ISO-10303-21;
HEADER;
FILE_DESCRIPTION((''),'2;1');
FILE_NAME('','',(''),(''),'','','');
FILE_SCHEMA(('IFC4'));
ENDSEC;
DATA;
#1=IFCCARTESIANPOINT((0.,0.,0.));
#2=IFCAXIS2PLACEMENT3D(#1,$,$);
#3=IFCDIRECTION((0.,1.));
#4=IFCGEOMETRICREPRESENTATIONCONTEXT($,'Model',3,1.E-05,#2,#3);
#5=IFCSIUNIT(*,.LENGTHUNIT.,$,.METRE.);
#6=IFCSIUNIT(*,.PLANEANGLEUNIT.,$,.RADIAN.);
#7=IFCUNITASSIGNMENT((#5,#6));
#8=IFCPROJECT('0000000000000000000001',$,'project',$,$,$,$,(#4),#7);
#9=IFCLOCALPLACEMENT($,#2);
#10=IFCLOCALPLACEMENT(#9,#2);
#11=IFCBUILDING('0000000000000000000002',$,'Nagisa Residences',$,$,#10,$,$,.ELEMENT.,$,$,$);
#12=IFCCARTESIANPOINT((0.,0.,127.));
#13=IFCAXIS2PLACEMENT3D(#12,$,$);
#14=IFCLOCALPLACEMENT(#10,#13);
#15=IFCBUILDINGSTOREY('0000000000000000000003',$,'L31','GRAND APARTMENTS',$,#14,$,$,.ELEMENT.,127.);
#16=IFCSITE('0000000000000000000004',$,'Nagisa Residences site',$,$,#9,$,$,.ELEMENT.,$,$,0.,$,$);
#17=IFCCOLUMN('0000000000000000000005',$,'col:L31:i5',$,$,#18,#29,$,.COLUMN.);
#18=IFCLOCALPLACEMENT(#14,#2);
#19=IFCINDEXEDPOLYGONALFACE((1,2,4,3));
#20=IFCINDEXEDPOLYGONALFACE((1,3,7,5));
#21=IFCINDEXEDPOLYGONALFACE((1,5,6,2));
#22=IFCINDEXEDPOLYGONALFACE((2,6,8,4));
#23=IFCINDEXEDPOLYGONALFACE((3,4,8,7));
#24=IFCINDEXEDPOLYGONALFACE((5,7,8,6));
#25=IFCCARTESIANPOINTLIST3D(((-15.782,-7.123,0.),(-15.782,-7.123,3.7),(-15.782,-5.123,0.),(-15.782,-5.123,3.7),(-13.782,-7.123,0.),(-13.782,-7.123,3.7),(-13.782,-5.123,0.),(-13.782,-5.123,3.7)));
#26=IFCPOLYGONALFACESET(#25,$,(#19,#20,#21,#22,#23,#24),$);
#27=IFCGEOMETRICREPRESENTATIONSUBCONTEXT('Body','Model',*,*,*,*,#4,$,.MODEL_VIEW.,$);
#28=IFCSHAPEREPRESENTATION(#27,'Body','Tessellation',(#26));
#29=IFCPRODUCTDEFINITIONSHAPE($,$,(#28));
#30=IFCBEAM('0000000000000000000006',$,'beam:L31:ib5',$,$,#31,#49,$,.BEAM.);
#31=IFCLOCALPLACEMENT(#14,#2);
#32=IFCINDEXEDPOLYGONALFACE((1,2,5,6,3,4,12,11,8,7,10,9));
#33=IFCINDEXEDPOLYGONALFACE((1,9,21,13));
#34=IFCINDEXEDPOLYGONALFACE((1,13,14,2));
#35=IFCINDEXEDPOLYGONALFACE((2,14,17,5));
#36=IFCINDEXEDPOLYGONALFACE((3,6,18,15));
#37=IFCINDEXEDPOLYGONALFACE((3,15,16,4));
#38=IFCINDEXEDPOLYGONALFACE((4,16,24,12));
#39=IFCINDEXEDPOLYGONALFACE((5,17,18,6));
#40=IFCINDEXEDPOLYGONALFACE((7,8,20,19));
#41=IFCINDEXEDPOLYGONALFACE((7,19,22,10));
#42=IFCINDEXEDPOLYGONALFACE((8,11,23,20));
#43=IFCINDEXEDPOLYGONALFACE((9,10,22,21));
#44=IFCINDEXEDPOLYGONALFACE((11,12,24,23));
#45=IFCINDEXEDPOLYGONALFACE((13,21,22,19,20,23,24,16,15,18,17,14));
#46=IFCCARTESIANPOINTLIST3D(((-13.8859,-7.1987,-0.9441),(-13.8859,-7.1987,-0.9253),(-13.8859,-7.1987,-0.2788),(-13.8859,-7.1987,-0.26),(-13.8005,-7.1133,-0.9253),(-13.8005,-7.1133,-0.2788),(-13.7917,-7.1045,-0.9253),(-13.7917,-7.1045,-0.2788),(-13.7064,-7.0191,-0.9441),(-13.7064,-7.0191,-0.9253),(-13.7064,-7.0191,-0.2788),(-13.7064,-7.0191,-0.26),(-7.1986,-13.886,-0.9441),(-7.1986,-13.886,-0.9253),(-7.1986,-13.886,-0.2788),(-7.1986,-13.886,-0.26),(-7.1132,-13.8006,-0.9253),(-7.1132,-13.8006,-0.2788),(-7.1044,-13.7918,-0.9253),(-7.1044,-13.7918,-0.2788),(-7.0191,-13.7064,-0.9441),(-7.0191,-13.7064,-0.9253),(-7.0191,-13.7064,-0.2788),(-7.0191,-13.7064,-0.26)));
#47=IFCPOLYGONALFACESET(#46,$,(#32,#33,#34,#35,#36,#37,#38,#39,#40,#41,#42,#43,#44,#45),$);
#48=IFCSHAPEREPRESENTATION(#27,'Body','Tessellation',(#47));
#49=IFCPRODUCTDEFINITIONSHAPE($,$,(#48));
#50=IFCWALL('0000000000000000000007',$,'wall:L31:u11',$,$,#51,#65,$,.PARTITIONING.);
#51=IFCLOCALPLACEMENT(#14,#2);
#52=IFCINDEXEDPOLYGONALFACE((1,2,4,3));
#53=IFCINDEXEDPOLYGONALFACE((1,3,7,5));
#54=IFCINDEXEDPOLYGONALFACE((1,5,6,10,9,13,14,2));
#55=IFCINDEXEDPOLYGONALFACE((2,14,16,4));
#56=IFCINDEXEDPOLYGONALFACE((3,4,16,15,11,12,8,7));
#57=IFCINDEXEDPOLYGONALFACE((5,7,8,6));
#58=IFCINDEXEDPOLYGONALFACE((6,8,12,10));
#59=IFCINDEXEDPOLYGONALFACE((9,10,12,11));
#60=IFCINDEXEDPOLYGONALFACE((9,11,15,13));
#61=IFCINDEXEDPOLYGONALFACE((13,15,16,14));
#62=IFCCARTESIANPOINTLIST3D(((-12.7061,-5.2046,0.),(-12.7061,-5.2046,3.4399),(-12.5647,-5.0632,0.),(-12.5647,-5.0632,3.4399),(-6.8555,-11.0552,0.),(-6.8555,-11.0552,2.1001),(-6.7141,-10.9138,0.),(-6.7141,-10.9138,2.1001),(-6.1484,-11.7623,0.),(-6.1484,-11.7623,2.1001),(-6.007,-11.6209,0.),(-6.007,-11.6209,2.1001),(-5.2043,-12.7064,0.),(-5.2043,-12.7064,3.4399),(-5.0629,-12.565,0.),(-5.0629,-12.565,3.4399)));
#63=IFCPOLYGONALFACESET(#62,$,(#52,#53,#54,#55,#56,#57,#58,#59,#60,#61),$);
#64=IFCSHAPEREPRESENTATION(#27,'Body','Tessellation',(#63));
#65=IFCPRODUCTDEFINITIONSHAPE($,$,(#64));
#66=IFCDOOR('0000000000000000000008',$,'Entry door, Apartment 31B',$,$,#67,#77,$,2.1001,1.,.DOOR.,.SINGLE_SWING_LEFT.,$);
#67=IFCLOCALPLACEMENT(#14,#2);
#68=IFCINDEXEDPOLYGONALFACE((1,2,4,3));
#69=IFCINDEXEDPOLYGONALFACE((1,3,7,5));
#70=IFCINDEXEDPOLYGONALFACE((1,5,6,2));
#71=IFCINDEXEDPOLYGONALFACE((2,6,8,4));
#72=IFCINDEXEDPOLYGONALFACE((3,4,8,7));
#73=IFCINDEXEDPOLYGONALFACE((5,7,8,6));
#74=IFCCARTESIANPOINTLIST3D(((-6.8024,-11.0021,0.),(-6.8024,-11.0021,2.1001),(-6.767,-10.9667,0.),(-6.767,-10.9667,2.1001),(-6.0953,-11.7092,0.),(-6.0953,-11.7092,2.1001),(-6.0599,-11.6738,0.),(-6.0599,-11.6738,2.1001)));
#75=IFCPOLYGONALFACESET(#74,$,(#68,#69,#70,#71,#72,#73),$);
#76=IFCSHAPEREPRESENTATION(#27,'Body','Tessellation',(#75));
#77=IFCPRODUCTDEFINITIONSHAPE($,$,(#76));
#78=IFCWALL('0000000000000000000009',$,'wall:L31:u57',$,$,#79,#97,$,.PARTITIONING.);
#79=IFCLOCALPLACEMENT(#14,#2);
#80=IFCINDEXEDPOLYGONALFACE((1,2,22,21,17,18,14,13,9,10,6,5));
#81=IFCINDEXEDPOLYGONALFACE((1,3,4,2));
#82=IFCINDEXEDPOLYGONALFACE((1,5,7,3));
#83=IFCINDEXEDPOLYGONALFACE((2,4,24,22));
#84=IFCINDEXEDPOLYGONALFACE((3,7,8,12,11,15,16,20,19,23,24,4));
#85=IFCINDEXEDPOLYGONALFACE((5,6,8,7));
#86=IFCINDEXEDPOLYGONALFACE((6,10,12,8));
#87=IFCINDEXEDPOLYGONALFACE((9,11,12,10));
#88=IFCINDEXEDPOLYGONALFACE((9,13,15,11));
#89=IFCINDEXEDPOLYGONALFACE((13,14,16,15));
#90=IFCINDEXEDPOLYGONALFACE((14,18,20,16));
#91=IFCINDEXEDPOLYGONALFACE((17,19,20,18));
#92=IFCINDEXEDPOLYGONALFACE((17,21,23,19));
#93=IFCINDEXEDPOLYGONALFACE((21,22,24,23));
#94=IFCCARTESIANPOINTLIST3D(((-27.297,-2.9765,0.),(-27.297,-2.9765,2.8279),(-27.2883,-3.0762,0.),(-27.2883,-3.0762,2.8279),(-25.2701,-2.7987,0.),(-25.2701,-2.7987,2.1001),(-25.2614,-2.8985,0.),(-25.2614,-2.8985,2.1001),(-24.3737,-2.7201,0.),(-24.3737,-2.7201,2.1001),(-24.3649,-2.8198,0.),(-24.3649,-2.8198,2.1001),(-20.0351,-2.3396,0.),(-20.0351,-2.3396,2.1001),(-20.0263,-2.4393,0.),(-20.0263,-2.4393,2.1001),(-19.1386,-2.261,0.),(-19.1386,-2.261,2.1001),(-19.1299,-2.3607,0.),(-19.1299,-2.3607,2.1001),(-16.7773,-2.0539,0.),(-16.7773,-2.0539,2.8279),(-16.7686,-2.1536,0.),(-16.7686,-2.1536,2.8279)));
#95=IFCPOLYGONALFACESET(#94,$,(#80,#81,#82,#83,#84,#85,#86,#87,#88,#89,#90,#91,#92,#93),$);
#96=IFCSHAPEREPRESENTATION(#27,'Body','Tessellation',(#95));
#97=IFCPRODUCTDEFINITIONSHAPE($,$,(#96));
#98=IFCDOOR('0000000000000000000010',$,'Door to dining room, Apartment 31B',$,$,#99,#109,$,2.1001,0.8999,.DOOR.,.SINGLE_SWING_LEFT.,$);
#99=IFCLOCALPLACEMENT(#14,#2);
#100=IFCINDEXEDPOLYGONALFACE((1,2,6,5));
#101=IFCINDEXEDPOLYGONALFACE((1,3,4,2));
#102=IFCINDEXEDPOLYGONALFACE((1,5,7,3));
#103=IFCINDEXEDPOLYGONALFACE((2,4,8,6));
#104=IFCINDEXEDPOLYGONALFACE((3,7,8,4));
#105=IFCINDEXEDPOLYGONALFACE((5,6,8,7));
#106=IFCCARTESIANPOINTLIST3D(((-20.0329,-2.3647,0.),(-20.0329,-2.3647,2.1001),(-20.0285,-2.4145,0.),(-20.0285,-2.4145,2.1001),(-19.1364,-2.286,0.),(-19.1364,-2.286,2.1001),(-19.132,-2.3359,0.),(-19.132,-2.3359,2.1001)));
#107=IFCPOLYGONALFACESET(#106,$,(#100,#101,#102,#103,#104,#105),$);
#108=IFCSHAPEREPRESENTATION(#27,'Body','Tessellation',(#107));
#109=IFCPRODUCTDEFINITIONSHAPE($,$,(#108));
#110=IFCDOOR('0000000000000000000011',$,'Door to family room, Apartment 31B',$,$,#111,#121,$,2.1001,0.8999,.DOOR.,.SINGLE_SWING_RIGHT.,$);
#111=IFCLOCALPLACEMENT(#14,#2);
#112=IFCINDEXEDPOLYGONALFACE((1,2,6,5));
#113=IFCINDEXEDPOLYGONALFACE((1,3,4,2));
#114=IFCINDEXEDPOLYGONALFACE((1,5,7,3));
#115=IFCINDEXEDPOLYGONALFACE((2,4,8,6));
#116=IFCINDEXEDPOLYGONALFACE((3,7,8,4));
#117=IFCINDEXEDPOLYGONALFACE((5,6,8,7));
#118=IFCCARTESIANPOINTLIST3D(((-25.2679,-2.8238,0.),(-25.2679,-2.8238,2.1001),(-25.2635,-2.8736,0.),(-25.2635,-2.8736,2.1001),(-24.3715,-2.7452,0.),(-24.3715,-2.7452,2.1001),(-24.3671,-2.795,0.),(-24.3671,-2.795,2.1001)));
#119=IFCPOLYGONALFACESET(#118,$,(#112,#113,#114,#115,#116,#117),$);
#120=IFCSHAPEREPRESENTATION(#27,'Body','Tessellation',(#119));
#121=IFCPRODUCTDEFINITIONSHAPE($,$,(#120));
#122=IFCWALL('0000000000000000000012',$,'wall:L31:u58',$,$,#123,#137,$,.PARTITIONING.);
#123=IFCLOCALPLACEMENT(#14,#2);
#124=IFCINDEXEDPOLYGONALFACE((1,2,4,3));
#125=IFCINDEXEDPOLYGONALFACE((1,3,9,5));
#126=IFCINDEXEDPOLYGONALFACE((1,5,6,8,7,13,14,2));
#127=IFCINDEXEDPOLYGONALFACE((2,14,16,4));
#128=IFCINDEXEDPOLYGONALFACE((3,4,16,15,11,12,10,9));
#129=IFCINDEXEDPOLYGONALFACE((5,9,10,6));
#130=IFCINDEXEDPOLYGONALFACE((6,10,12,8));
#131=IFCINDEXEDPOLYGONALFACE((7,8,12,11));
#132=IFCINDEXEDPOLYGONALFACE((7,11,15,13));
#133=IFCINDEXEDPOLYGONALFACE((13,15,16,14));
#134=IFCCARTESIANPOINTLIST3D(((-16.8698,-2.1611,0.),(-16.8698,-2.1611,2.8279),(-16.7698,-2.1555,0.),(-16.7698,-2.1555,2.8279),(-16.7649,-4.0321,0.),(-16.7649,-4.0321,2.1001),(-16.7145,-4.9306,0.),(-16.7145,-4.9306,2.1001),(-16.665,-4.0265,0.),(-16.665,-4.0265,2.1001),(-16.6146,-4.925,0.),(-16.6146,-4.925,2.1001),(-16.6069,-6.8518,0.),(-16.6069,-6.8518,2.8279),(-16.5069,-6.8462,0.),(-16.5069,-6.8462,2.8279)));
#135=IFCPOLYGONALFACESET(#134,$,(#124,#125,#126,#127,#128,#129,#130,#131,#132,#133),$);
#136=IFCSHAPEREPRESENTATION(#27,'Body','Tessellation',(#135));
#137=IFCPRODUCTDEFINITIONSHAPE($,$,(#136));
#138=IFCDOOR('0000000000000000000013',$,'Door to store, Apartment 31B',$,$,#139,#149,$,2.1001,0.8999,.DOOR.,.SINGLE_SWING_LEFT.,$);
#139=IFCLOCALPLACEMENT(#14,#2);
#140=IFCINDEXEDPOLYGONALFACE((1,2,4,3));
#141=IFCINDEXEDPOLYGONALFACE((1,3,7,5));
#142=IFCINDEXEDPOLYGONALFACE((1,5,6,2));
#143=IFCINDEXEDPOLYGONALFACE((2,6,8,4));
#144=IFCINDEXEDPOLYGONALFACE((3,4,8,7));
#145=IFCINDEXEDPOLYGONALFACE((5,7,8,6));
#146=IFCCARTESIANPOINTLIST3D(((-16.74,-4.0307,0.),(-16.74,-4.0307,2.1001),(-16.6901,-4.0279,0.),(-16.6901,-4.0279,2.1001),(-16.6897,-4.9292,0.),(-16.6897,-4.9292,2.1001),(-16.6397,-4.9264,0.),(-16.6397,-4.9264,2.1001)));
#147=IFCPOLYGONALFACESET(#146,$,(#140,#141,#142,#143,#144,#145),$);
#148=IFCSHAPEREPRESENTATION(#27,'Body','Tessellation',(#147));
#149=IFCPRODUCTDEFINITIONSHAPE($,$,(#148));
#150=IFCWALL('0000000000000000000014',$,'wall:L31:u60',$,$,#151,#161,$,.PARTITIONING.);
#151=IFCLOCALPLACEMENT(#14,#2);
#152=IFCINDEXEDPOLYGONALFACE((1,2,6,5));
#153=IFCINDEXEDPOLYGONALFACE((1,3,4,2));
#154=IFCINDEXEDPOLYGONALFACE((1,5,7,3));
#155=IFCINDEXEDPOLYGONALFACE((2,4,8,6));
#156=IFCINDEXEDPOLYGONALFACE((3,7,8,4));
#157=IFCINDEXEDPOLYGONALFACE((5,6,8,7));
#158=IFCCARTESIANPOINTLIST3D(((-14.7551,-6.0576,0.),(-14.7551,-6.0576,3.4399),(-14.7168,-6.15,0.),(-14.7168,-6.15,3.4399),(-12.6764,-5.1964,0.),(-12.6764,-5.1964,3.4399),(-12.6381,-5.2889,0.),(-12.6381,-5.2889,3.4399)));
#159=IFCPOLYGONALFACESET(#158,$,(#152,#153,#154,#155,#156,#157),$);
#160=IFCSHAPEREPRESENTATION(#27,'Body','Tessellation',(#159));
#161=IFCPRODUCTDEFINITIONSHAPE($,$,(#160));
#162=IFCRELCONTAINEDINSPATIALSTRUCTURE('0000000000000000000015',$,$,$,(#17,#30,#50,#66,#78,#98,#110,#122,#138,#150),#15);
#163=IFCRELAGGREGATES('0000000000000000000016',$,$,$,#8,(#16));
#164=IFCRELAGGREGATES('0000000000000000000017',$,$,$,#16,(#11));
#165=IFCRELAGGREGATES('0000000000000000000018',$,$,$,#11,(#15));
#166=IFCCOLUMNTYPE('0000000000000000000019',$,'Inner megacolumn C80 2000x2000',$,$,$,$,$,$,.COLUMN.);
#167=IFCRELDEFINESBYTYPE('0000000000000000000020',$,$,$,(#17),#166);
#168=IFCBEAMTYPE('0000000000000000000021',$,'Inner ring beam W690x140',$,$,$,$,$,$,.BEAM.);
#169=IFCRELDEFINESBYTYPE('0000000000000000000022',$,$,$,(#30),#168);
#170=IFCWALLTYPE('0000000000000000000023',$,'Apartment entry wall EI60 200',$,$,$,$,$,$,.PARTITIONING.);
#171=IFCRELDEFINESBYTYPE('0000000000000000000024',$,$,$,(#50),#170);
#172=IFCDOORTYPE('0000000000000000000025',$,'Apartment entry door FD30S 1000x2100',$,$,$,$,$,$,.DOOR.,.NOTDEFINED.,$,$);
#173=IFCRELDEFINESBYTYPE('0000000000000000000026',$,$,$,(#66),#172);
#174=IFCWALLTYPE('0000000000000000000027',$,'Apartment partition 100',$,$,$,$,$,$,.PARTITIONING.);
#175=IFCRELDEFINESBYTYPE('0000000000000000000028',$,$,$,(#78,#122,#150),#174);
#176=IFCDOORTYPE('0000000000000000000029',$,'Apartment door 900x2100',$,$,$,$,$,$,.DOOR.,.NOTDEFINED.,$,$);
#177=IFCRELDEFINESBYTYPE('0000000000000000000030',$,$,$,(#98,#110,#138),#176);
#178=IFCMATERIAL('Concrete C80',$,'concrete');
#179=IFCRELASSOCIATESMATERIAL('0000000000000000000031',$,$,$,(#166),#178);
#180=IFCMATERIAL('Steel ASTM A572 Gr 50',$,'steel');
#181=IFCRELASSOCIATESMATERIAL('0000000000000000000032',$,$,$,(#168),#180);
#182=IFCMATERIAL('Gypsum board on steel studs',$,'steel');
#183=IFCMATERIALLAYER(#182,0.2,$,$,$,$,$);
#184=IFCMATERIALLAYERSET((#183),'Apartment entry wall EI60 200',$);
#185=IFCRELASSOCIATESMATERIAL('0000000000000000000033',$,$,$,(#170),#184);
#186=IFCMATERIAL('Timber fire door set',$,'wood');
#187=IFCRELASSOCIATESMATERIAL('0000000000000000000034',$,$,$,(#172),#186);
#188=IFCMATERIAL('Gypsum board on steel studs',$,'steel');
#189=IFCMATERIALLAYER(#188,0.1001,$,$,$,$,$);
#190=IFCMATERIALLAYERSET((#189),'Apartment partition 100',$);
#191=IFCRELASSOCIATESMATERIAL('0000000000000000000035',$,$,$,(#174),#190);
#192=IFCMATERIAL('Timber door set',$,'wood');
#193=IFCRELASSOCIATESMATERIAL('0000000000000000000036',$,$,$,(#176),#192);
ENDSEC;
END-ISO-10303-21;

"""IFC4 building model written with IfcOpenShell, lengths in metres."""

from ifc_helpers import new_model, si_unit, direction, frame, frame_2d, origin, origin_2d, place, context, subcontext, project, spatial, rectangle, i_section, extrude, material, layer, layer_set, material_profile, profile_set, type_object, element, fill, save


model = new_model("IFC4")

# Units and contexts
model_context = context("Model", 3, precision=1e-05, world=origin(), true_north=direction((0.0, 1.0)))
body_context = subcontext(model_context, "Body", "Model", "MODEL_VIEW")
ifc_project = project(units=[si_unit("LENGTHUNIT", "METRE"), si_unit("PLANEANGLEUNIT", "RADIAN")], contexts=[model_context])

# Site, building, storey
site_placement = place(None, origin())
site = spatial("IfcSite", under=ifc_project, at=site_placement, Name="Nagisa Residences site", CompositionType="ELEMENT", RefElevation=0.0)
building_placement = place(site_placement, origin())
building = spatial("IfcBuilding", under=site, at=building_placement, Name="Nagisa Residences", CompositionType="ELEMENT")
storey_placement = place(building_placement, frame((0.0, 0.0, 127.0)))
storey = spatial("IfcBuildingStorey", under=building, at=storey_placement, Name="L31", Description="GRAND APARTMENTS", CompositionType="ELEMENT", Elevation=127.0)

# Column
ifc_material_1 = material(Name="Concrete C80", Category="concrete")
ifc_material_profile_1 = material_profile(ifc_material_1, rectangle(XDim=2.0, YDim=2.0, at=origin_2d()), Name="C80 2000x2000")
ifc_profile_set_1 = profile_set([ifc_material_profile_1], Name="Concrete C80")
column_type = type_object("IfcColumnType", Name="Inner megacolumn C80 2000x2000", PredefinedType="COLUMN", material=ifc_profile_set_1)
column_placement = place(storey_placement, frame((-14.782, -6.123, 0.0), z_axis=(0.0, 0.0, 1.0), x_axis=(1.0, 0.0, 0.0)))
element("IfcColumn", 1, at=column_placement, inside=storey, type_object=column_type, Name="col:L31:i5", PredefinedType="COLUMN", context=body_context, shape_type="SweptSolid", body=[
    extrude(rectangle(XDim=2.0, YDim=2.0, at=origin_2d()), origin(), (0.0, 0.0, 1.0), 3.7),
])

# Beam
ifc_material_2 = material(Name="Steel ASTM A572 Gr 50", Category="steel")
ifc_material_profile_2 = material_profile(ifc_material_2, i_section(OverallWidth=0.2539, OverallDepth=0.6841, WebThickness=0.0125, FlangeThickness=0.0188, at=origin_2d()), Name="W690x140")
ifc_profile_set_2 = profile_set([ifc_material_profile_2], Name="Steel ASTM A572 Gr 50")
beam_type = type_object("IfcBeamType", Name="Inner ring beam W690x140", PredefinedType="BEAM", material=ifc_profile_set_2)
beam_placement = place(storey_placement, frame((-13.7961, -7.1089, -0.6021), z_axis=(0.707107, -0.707107, 0.0), x_axis=(0.707107, 0.707107, 0.0)))
element("IfcBeam", 2, at=beam_placement, inside=storey, type_object=beam_type, Name="beam:L31:ib5", PredefinedType="BEAM", context=body_context, shape_type="SweptSolid", body=[
    extrude(i_section(OverallWidth=0.2539, OverallDepth=0.6841, WebThickness=0.0125, FlangeThickness=0.0188, at=origin_2d()), origin(), (0.0, 0.0, 1.0), 9.4573),
])

# Wall, opening, door
ifc_material_3 = material(Name="Gypsum board on steel studs", Category="steel")
ifc_layer_1 = layer(ifc_material_3, 0.2)
ifc_layer_set_1 = layer_set([ifc_layer_1], Name="Apartment entry wall EI60 200")
wall_type_1 = type_object("IfcWallType", Name="Apartment entry wall EI60 200", PredefinedType="PARTITIONING", material=ifc_layer_set_1)
wall_1_placement = place(storey_placement, frame((-12.6355, -5.1338, 0.0), z_axis=(0.0, 0.0, 1.0), x_axis=(0.707107, -0.707107, 0.0)))
wall_1 = element("IfcWall", 3, at=wall_1_placement, inside=storey, type_object=wall_type_1, Name="wall:L31:u11", PredefinedType="PARTITIONING", context=body_context, shape_type="SweptSolid", body=[
    extrude(rectangle(XDim=10.6091, YDim=0.2, at=frame_2d((5.3047, 0.0))), origin(), (0.0, 0.0, 1.0), 3.4399),
])
opening_1_placement = place(wall_1_placement, frame((8.2742, 0.0, 0.0)))
opening_1 = element("IfcOpeningElement", 4, at=opening_1_placement, cuts=wall_1, PredefinedType="OPENING", context=body_context, shape_type="SweptSolid", body=[
    extrude(rectangle(XDim=1.0, YDim=2.1001, at=frame_2d((0.5, 1.05))), frame((0.0, 0.1099, 0.0), z_axis=(0.0, -1.0, 0.0), x_axis=(1.0, 0.0, 0.0)), (0.0, 0.0, 1.0), 0.22),
])
ifc_material_4 = material(Name="Timber fire door set", Category="wood")
door_type_1 = type_object("IfcDoorType", Name="Apartment entry door FD30S 1000x2100", OperationType="NOTDEFINED", PredefinedType="DOOR", material=ifc_material_4)
door_1_placement = place(opening_1_placement, frame((1.0, 0.0, 0.0), x_axis=(-1.0, 0.0, 0.0)))
door_1 = element("IfcDoor", 5, at=door_1_placement, inside=storey, type_object=door_type_1, Name="Entry door, Apartment 31B", OperationType="SINGLE_SWING_LEFT", OverallHeight=2.1001, OverallWidth=1.0, PredefinedType="DOOR", context=body_context, shape_type="SweptSolid", body=[
    extrude(rectangle(XDim=1.0, YDim=2.1001, at=frame_2d((0.5, 1.05))), frame((0.0, 0.0249, 0.0), z_axis=(0.0, -1.0, 0.0), x_axis=(1.0, 0.0, 0.0)), (0.0, 0.0, 1.0), 0.05),
])
fill(opening_1, door_1)

# Wall, openings, doors
ifc_material_5 = material(Name="Gypsum board on steel studs", Category="steel")
ifc_layer_2 = layer(ifc_material_5, 0.1001)
ifc_layer_set_2 = layer_set([ifc_layer_2], Name="Apartment partition 100")
wall_type_2 = type_object("IfcWallType", Name="Apartment partition 100", PredefinedType="PARTITIONING", material=ifc_layer_set_2)
wall_2_placement = place(storey_placement, frame((-16.7729, -2.1038, 0.0), z_axis=(0.0, 0.0, 1.0), x_axis=(-0.996176, -0.087367, 0.0)))
wall_2 = element("IfcWall", 6, at=wall_2_placement, inside=storey, type_object=wall_type_2, Name="wall:L31:u57", PredefinedType="PARTITIONING", context=body_context, shape_type="SweptSolid", body=[
    extrude(rectangle(XDim=10.5601, YDim=0.1001, at=frame_2d((5.28, 0.0))), origin(), (0.0, 0.0, 1.0), 2.8279),
])
opening_2_placement = place(wall_2_placement, frame((2.3704, 0.0, 0.0)))
opening_2 = element("IfcOpeningElement", 7, at=opening_2_placement, cuts=wall_2, PredefinedType="OPENING", context=body_context, shape_type="SweptSolid", body=[
    extrude(rectangle(XDim=0.8999, YDim=2.1001, at=frame_2d((0.45, 1.05))), frame((0.0, 0.0601, 0.0), z_axis=(0.0, -1.0, 0.0), x_axis=(1.0, 0.0, 0.0)), (0.0, 0.0, 1.0), 0.1201),
])
opening_3_placement = place(wall_2_placement, frame((7.6255, 0.0, 0.0)))
opening_3 = element("IfcOpeningElement", 8, at=opening_3_placement, cuts=wall_2, PredefinedType="OPENING", context=body_context, shape_type="SweptSolid", body=[
    extrude(rectangle(XDim=0.8999, YDim=2.1001, at=frame_2d((0.45, 1.05))), frame((0.0, 0.0601, 0.0), z_axis=(0.0, -1.0, 0.0), x_axis=(1.0, 0.0, 0.0)), (0.0, 0.0, 1.0), 0.1201),
])
ifc_material_6 = material(Name="Timber door set", Category="wood")
door_type_2 = type_object("IfcDoorType", Name="Apartment door 900x2100", OperationType="NOTDEFINED", PredefinedType="DOOR", material=ifc_material_6)
door_2_placement = place(opening_2_placement, frame((0.8999, 0.0, 0.0), x_axis=(-1.0, 0.0, 0.0)))
door_2 = element("IfcDoor", 9, at=door_2_placement, inside=storey, type_object=door_type_2, Name="Door to dining room, Apartment 31B", OperationType="SINGLE_SWING_LEFT", OverallHeight=2.1001, OverallWidth=0.8999, PredefinedType="DOOR", context=body_context, shape_type="SweptSolid", body=[
    extrude(rectangle(XDim=0.8999, YDim=2.1001, at=frame_2d((0.45, 1.05))), frame((0.0, 0.0249, 0.0), z_axis=(0.0, -1.0, 0.0), x_axis=(1.0, 0.0, 0.0)), (0.0, 0.0, 1.0), 0.05),
])
fill(opening_2, door_2)
door_3_placement = place(opening_3_placement, frame((0.8999, 0.0, 0.0), x_axis=(-1.0, 0.0, 0.0)))
door_3 = element("IfcDoor", 10, at=door_3_placement, inside=storey, type_object=door_type_2, Name="Door to family room, Apartment 31B", OperationType="SINGLE_SWING_RIGHT", OverallHeight=2.1001, OverallWidth=0.8999, PredefinedType="DOOR", context=body_context, shape_type="SweptSolid", body=[
    extrude(rectangle(XDim=0.8999, YDim=2.1001, at=frame_2d((0.45, 1.05))), frame((0.0, 0.0249, 0.0), z_axis=(0.0, -1.0, 0.0), x_axis=(1.0, 0.0, 0.0)), (0.0, 0.0, 1.0), 0.05),
])
fill(opening_3, door_3)

# Wall, opening, door
wall_3_placement = place(storey_placement, frame((-16.8198, -2.1582, 0.0), z_axis=(0.0, 0.0, 1.0), x_axis=(0.055968, -0.998433, 0.0)))
wall_3 = element("IfcWall", 11, at=wall_3_placement, inside=storey, type_object=wall_type_2, Name="wall:L31:u58", PredefinedType="PARTITIONING", context=body_context, shape_type="SweptSolid", body=[
    extrude(rectangle(XDim=4.698, YDim=0.1001, at=frame_2d((2.3491, 0.0))), origin(), (0.0, 0.0, 1.0), 2.8279),
])
opening_4_placement = place(wall_3_placement, frame((1.874, 0.0, 0.0)))
opening_4 = element("IfcOpeningElement", 12, at=opening_4_placement, cuts=wall_3, PredefinedType="OPENING", context=body_context, shape_type="SweptSolid", body=[
    extrude(rectangle(XDim=0.8999, YDim=2.1001, at=frame_2d((0.45, 1.05))), frame((0.0, 0.0601, 0.0), z_axis=(0.0, -1.0, 0.0), x_axis=(1.0, 0.0, 0.0)), (0.0, 0.0, 1.0), 0.1201),
])
door_4_placement = place(opening_4_placement, origin())
door_4 = element("IfcDoor", 13, at=door_4_placement, inside=storey, type_object=door_type_2, Name="Door to store, Apartment 31B", OperationType="SINGLE_SWING_LEFT", OverallHeight=2.1001, OverallWidth=0.8999, PredefinedType="DOOR", context=body_context, shape_type="SweptSolid", body=[
    extrude(rectangle(XDim=0.8999, YDim=2.1001, at=frame_2d((0.45, 1.05))), frame((0.0, 0.0249, 0.0), z_axis=(0.0, -1.0, 0.0), x_axis=(1.0, 0.0, 0.0)), (0.0, 0.0, 1.0), 0.05),
])
fill(opening_4, door_4)

# Wall
wall_4_placement = place(storey_placement, frame((-12.6572, -5.2427, 0.0), z_axis=(0.0, 0.0, 1.0), x_axis=(-0.923865, -0.382719, 0.0)))
element("IfcWall", 14, at=wall_4_placement, inside=storey, type_object=wall_type_2, Name="wall:L31:u60", PredefinedType="PARTITIONING", context=body_context, shape_type="SweptSolid", body=[
    extrude(rectangle(XDim=2.25, YDim=0.1001, at=frame_2d((1.125, 0.0))), origin(), (0.0, 0.0, 1.0), 3.4399),
])

save(model, "model.ifc")
